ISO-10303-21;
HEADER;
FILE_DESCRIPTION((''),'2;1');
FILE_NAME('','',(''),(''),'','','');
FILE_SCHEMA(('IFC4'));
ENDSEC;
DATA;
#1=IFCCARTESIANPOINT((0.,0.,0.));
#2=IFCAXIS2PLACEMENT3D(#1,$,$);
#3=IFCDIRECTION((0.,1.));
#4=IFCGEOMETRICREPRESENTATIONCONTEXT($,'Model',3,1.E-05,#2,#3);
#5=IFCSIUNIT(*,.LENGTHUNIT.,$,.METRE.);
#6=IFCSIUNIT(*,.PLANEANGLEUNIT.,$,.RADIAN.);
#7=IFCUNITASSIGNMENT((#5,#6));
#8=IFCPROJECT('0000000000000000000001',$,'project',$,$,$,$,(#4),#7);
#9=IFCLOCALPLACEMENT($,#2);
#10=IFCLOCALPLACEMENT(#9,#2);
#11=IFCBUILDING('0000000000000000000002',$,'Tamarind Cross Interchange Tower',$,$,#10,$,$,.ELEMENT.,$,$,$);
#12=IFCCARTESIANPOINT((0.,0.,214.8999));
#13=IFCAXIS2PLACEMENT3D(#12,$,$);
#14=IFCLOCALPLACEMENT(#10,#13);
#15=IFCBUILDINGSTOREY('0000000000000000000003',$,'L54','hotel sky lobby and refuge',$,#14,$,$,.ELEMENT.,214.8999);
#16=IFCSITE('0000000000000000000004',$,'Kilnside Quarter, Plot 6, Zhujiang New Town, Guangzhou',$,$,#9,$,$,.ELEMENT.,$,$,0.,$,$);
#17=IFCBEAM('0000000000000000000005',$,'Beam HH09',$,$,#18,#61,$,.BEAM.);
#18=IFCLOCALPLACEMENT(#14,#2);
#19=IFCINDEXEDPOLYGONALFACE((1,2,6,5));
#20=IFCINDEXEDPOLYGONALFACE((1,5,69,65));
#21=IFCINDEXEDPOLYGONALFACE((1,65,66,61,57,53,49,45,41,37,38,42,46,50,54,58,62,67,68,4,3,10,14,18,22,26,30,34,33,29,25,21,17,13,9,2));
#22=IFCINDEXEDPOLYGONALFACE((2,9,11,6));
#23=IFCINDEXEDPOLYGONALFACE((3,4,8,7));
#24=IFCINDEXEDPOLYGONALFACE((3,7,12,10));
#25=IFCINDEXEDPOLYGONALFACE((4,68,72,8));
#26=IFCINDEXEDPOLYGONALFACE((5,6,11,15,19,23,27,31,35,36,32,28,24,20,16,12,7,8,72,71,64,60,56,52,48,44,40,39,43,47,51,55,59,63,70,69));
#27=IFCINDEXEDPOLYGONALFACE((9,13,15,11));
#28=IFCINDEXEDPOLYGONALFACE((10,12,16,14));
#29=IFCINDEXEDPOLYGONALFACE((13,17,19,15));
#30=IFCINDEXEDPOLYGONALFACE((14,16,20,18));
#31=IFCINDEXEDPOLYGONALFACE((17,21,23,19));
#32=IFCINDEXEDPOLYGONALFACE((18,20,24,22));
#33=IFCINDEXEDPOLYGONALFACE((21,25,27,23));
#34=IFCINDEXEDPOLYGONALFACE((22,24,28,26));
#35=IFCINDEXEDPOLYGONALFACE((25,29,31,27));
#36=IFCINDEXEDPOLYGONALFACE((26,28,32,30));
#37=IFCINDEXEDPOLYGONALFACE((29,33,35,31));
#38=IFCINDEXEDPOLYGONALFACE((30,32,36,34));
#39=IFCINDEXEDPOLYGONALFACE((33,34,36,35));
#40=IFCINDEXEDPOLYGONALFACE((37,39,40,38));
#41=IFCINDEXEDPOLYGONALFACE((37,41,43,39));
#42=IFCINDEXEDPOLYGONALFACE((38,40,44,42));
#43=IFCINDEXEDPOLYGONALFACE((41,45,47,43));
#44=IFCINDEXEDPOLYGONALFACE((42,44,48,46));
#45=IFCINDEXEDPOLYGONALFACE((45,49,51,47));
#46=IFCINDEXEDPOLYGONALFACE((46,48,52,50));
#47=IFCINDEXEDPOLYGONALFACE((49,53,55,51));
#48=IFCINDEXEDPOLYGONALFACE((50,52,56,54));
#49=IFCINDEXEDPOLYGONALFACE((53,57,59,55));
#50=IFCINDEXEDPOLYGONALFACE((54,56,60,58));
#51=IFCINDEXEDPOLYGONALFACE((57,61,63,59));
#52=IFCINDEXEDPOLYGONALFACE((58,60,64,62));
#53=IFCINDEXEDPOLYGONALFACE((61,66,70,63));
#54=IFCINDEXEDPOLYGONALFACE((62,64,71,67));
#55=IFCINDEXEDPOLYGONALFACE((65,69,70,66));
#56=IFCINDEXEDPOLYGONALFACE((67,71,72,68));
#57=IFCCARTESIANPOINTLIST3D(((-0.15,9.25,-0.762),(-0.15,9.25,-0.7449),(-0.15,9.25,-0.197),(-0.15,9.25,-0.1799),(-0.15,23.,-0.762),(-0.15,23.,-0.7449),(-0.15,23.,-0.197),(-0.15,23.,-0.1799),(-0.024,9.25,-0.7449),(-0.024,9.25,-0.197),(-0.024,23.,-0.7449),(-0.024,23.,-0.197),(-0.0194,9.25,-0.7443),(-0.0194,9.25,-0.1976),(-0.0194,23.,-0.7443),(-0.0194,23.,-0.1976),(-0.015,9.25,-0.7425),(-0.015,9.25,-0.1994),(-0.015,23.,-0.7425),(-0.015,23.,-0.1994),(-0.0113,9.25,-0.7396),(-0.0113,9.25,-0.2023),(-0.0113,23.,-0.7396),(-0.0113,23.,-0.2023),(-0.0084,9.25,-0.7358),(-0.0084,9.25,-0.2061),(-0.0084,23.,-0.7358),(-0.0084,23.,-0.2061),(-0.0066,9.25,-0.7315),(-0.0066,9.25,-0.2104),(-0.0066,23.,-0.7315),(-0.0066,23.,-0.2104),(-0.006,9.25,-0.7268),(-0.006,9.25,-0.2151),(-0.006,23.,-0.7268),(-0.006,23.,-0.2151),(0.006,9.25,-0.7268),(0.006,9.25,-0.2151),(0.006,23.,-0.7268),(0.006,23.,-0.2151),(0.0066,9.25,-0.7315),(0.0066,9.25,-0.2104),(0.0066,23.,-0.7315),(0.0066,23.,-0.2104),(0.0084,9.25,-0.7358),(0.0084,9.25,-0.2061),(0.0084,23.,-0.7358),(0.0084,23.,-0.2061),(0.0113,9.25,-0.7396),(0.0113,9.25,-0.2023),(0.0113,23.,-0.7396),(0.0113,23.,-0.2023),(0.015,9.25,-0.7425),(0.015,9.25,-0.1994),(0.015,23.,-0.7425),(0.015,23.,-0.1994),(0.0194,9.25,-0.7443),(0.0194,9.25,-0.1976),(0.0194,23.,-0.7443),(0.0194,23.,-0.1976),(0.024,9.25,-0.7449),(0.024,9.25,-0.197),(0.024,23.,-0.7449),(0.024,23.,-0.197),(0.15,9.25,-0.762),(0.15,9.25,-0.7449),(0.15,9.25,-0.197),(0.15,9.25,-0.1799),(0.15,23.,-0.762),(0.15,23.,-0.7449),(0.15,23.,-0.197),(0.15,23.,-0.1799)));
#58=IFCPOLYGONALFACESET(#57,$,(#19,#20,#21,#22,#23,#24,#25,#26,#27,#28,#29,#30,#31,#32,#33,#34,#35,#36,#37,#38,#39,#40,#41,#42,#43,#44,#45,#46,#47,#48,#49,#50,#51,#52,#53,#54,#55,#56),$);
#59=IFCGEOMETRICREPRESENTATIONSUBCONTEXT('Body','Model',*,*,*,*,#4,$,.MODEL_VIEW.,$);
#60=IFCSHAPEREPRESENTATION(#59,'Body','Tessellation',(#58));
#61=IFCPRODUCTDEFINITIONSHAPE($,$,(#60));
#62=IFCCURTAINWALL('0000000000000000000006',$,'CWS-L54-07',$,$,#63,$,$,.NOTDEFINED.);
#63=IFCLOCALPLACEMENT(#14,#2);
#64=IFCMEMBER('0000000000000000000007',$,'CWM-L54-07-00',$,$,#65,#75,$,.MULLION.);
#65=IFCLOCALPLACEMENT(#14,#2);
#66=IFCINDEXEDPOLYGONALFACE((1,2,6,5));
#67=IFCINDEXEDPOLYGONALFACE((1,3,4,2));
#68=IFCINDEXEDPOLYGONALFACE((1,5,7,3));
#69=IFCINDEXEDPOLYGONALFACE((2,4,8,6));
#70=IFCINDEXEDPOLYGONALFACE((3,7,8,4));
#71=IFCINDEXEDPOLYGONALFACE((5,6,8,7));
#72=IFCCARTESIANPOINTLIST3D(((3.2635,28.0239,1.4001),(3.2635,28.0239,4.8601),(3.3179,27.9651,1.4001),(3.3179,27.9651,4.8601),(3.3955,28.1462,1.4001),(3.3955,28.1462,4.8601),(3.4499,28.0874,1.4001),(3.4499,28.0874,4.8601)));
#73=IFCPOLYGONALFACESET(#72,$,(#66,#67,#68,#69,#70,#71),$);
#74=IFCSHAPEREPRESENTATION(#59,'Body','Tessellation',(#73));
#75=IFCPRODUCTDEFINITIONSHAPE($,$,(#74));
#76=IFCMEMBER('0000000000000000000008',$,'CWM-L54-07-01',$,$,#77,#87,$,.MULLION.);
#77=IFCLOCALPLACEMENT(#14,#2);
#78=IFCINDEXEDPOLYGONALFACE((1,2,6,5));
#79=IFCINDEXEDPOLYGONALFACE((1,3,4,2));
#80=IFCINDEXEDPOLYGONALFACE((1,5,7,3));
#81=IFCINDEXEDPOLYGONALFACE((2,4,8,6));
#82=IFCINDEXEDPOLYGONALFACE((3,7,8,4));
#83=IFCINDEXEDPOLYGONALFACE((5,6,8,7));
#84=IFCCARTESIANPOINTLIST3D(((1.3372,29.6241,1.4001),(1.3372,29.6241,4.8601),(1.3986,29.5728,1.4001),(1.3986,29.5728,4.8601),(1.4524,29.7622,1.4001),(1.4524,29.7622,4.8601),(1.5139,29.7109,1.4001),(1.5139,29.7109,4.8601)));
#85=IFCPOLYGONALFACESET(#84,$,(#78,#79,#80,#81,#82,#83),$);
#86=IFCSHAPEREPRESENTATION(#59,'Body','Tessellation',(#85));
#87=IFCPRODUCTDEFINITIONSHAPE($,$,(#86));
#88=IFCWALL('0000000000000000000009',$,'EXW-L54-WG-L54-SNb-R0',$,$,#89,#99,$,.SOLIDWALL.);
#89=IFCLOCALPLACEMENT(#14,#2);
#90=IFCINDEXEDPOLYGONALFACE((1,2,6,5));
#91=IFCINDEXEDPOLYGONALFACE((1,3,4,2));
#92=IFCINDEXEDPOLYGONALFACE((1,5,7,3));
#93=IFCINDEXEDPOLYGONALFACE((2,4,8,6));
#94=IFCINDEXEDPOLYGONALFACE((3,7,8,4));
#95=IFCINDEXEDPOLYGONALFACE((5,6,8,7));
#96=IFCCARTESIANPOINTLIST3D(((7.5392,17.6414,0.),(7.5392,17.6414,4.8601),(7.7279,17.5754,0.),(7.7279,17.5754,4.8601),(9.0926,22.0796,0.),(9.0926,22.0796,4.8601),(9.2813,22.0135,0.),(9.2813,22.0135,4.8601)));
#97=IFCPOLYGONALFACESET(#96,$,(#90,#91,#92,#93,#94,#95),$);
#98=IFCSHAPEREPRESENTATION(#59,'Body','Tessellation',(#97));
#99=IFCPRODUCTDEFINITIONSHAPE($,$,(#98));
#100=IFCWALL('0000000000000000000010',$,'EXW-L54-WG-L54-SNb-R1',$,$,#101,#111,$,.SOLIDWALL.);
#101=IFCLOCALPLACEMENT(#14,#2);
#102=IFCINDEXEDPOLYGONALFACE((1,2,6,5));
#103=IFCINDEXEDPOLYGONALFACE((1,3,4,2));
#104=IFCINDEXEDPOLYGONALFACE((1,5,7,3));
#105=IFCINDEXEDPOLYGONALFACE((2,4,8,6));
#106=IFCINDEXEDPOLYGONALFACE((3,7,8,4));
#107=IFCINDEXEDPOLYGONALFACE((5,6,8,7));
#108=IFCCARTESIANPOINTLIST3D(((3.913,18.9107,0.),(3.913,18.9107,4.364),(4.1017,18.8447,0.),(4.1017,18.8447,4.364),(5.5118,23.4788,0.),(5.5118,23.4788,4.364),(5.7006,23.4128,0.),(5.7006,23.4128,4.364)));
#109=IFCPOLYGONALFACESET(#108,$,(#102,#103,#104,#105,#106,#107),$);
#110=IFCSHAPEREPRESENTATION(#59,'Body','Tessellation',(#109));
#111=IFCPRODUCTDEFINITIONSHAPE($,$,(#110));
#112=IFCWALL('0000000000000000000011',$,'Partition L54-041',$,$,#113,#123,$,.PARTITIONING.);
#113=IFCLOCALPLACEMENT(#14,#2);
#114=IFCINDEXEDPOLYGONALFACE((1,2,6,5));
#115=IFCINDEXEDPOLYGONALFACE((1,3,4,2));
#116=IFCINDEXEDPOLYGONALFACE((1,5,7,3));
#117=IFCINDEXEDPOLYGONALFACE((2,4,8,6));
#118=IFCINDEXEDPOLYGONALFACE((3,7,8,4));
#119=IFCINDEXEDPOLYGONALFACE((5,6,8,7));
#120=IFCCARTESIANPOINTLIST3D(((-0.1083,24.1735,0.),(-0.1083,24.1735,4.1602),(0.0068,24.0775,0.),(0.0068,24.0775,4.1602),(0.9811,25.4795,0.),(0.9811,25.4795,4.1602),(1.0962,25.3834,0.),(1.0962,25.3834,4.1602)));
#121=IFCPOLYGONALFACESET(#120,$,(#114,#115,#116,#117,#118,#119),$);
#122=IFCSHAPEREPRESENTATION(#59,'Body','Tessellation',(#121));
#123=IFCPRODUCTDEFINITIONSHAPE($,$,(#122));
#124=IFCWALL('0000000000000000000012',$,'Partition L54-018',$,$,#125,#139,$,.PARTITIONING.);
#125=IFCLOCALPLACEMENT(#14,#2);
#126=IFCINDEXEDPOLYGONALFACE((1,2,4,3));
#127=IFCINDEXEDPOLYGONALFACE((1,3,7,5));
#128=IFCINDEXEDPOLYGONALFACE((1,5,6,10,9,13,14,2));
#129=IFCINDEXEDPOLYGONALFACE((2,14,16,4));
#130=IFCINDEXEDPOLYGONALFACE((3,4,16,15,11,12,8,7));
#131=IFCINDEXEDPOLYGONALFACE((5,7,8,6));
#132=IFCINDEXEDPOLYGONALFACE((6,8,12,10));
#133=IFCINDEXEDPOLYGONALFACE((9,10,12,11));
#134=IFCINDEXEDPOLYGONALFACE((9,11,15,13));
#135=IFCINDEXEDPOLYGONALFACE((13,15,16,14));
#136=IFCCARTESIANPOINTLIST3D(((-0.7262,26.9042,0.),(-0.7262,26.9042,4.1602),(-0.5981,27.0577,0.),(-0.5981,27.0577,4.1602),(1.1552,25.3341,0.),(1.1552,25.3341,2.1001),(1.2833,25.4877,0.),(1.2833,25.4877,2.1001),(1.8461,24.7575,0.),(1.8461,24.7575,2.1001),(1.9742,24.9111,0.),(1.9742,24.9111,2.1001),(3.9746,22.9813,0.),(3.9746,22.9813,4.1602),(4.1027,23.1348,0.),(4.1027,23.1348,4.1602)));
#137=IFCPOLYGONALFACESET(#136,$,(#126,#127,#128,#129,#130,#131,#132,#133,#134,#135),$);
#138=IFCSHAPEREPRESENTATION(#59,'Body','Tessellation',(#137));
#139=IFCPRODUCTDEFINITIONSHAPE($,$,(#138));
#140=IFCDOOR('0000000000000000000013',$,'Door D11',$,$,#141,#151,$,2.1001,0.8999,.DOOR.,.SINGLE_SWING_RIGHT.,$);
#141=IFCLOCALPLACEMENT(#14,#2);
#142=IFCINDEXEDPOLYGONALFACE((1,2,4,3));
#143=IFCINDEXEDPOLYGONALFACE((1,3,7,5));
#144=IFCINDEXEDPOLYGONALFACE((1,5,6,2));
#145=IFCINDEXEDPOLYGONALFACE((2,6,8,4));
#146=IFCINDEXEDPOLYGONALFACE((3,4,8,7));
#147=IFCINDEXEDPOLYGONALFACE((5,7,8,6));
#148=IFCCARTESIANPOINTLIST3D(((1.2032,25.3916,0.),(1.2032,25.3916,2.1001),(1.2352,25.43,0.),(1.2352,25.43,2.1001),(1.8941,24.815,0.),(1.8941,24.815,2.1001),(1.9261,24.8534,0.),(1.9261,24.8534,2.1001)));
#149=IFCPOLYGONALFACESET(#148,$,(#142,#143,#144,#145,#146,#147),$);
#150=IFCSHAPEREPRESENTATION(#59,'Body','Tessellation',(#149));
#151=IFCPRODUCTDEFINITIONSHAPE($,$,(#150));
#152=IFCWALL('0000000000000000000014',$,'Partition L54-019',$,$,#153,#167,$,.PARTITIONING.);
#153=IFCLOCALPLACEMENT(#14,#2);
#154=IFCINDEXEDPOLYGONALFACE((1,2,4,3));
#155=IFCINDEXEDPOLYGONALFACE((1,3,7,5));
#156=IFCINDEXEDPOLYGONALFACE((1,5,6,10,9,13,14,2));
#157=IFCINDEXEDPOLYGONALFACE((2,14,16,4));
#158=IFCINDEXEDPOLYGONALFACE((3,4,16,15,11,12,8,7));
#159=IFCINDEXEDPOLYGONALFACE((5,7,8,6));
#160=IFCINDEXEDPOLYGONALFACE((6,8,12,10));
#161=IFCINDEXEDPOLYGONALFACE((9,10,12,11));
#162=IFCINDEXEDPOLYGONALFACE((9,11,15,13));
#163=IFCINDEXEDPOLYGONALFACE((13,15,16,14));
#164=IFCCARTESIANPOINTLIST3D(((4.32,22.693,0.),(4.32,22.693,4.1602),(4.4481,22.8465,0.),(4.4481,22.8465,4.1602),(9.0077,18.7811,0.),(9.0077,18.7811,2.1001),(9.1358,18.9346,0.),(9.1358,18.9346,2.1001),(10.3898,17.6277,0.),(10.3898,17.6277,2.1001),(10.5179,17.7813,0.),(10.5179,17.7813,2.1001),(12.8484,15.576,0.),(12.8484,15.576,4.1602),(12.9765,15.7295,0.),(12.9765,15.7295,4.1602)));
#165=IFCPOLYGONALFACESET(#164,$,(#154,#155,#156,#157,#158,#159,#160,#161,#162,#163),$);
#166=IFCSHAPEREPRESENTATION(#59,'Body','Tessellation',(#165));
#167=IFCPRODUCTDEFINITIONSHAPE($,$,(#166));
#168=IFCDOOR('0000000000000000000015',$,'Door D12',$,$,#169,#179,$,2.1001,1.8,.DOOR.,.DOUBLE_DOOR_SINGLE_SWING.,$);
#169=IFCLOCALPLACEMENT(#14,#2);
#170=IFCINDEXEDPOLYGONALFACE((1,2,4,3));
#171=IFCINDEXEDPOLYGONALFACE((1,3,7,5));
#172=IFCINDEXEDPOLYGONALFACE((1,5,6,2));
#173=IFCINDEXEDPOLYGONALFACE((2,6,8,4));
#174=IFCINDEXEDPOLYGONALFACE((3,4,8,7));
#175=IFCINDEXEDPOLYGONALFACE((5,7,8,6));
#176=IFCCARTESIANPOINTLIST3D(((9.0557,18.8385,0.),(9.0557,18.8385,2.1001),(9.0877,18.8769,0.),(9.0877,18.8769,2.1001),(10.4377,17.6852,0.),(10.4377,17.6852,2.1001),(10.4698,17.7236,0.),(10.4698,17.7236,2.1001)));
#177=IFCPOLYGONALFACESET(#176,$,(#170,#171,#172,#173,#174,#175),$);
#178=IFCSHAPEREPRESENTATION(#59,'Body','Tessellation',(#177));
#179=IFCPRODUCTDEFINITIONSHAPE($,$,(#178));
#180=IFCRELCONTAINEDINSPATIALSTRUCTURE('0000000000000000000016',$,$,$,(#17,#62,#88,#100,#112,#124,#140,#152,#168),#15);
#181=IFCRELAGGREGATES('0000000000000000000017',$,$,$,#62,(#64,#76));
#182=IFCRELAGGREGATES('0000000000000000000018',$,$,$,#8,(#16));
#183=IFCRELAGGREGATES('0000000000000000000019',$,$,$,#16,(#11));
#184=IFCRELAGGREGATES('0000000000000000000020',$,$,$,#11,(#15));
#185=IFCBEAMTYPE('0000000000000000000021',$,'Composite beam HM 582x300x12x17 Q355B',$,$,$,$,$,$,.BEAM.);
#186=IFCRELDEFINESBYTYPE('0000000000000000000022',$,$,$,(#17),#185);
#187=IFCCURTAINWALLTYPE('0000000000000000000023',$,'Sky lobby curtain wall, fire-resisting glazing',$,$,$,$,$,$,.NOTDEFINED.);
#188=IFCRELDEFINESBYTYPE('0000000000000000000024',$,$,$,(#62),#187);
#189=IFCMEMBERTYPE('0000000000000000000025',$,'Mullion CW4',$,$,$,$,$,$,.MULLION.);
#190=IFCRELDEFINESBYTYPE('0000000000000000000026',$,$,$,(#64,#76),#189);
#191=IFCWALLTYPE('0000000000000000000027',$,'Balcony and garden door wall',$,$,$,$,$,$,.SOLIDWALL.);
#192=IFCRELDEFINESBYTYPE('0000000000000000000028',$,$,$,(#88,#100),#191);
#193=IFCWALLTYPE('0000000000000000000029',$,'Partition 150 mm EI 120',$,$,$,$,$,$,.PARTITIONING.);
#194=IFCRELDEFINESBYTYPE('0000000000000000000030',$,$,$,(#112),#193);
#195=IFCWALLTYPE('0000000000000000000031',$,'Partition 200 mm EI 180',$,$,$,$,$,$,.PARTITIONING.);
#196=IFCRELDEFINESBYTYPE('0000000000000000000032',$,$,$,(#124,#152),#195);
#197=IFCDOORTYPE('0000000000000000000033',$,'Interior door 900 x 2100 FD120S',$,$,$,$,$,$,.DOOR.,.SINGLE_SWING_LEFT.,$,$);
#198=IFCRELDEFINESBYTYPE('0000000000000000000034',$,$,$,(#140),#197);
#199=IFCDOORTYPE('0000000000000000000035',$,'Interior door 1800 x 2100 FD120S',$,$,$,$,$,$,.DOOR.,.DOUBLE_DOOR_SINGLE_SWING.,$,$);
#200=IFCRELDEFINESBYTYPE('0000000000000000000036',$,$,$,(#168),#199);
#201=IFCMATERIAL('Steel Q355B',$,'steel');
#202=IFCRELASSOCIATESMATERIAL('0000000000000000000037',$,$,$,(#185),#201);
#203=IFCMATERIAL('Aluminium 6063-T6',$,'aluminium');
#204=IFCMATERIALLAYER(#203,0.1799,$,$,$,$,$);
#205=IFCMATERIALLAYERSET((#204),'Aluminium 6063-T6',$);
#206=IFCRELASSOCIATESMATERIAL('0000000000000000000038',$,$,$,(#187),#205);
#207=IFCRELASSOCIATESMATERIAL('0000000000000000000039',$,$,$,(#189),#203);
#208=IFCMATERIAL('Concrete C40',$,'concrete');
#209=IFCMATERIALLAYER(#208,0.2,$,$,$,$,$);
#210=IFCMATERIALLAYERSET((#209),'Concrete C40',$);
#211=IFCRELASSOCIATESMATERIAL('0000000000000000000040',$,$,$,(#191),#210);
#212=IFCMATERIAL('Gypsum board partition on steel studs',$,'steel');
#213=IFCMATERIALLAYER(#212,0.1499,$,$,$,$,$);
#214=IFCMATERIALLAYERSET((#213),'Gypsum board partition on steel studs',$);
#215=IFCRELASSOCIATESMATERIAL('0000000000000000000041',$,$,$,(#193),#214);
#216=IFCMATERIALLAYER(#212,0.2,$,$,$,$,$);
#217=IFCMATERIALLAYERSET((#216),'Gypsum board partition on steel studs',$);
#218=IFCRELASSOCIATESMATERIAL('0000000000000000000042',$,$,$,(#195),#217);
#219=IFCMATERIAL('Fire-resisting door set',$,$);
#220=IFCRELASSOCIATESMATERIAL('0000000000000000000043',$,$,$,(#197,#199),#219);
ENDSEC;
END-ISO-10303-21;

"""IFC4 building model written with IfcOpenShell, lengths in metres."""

from ifc_helpers import new_model, si_unit, direction, frame, frame_2d, origin, origin_2d, place, context, subcontext, project, spatial, rectangle, i_section, extrude, material, layer, layer_set, material_profile, profile_set, type_object, element, fill, aggregate, save


model = new_model("IFC4")

# Units and contexts
model_context = context("Model", 3, precision=1e-05, world=origin(), true_north=direction((0.0, 1.0)))
body_context = subcontext(model_context, "Body", "Model", "MODEL_VIEW")
ifc_project = project(units=[si_unit("LENGTHUNIT", "METRE"), si_unit("PLANEANGLEUNIT", "RADIAN")], contexts=[model_context])

# Site, building, storey
site_placement = place(None, origin())
site = spatial("IfcSite", under=ifc_project, at=site_placement, Name="Kilnside Quarter, Plot 6, Zhujiang New Town, Guangzhou", CompositionType="ELEMENT", RefElevation=0.0)
building_placement = place(site_placement, origin())
building = spatial("IfcBuilding", under=site, at=building_placement, Name="Tamarind Cross Interchange Tower", CompositionType="ELEMENT")
storey_placement = place(building_placement, frame((0.0, 0.0, 214.8999)))
storey = spatial("IfcBuildingStorey", under=building, at=storey_placement, Name="L54", Description="hotel sky lobby and refuge", CompositionType="ELEMENT", Elevation=214.8999)

# Beam
ifc_material_1 = material(Name="Steel Q355B", Category="steel")
ifc_material_profile_1 = material_profile(ifc_material_1, i_section(OverallWidth=0.3, OverallDepth=0.582, WebThickness=0.012, FlangeThickness=0.0171, FilletRadius=0.0181, at=origin_2d()), Name="HM 582x300x12x17")
ifc_profile_set_1 = profile_set([ifc_material_profile_1], Name="Steel Q355B")
beam_type = type_object("IfcBeamType", Name="Composite beam HM 582x300x12x17 Q355B", PredefinedType="BEAM", material=ifc_profile_set_1)
beam_1_placement = place(storey_placement, frame((0.0, 23.0, -0.4709), z_axis=(0.0, -1.0, 0.0), x_axis=(1.0, 0.0, 0.0)))
element("IfcBeam", 1, at=beam_1_placement, inside=storey, type_object=beam_type, Name="Beam HH09", PredefinedType="BEAM", context=body_context, shape_type="SweptSolid", body=[
    extrude(i_section(OverallWidth=0.3, OverallDepth=0.582, WebThickness=0.012, FlangeThickness=0.0171, FilletRadius=0.0181, at=origin_2d()), origin(), (0.0, 0.0, 1.0), 13.75),
])

# Curtain wall, members
ifc_material_2 = material(Name="Aluminium 6063-T6", Category="aluminium")
ifc_layer_1 = layer(ifc_material_2, 0.1799)
ifc_layer_set_1 = layer_set([ifc_layer_1], Name="Aluminium 6063-T6")
curtain_wall_type = type_object("IfcCurtainWallType", Name="Sky lobby curtain wall, fire-resisting glazing", PredefinedType="NOTDEFINED", material=ifc_layer_set_1)
curtain_wall_placement = place(storey_placement, origin())
curtain_wall = element("IfcCurtainWall", 2, at=curtain_wall_placement, inside=storey, type_object=curtain_wall_type, Name="CWS-L54-07", PredefinedType="NOTDEFINED")
ifc_material_profile_2 = material_profile(ifc_material_2, rectangle(XDim=0.0801, YDim=0.1799, at=origin_2d()), Name="Mullion CW4")
ifc_profile_set_2 = profile_set([ifc_material_profile_2], Name="Aluminium 6063-T6")
member_type = type_object("IfcMemberType", Name="Mullion CW4", PredefinedType="MULLION", material=ifc_profile_set_2)
member_1_placement = place(storey_placement, frame((3.3567, 28.0557, 1.4001), z_axis=(0.0, 0.0, 1.0), x_axis=(-0.679732, 0.733461, 0.0)))
member_1 = element("IfcMember", 3, at=member_1_placement, type_object=member_type, Name="CWM-L54-07-00", PredefinedType="MULLION", context=body_context, shape_type="SweptSolid", body=[
    extrude(rectangle(XDim=0.0801, YDim=0.1799, at=origin_2d()), origin(), (0.0, 0.0, 1.0), 3.46),
])
member_2_placement = place(storey_placement, frame((1.4255, 29.6675, 1.4001), z_axis=(0.0, 0.0, 1.0), x_axis=(-0.767729, 0.640775, 0.0)))
member_2 = element("IfcMember", 4, at=member_2_placement, type_object=member_type, Name="CWM-L54-07-01", PredefinedType="MULLION", context=body_context, shape_type="SweptSolid", body=[
    extrude(rectangle(XDim=0.0801, YDim=0.1799, at=origin_2d()), origin(), (0.0, 0.0, 1.0), 3.46),
])
aggregate(curtain_wall, [member_1, member_2])

# Shared definitions
ifc_material_3 = material(Name="Concrete C40", Category="concrete")
ifc_layer_2 = layer(ifc_material_3, 0.2)
ifc_layer_set_2 = layer_set([ifc_layer_2], Name="Concrete C40")
wall_type_1 = type_object("IfcWallType", Name="Balcony and garden door wall", PredefinedType="SOLIDWALL", material=ifc_layer_set_2)

# Walls
wall_1_placement = place(storey_placement, frame((7.6335, 17.6084, 0.0), z_axis=(0.0, 0.0, 1.0), x_axis=(0.330367, 0.943853, 0.0)))
element("IfcWall", 5, at=wall_1_placement, inside=storey, type_object=wall_type_1, Name="EXW-L54-WG-L54-SNb-R0", PredefinedType="SOLIDWALL", context=body_context, shape_type="SweptSolid", body=[
    extrude(rectangle(XDim=4.7021, YDim=0.2, at=frame_2d((2.3511, 0.0))), origin(), (0.0, 0.0, 1.0), 4.8601),
])
wall_2_placement = place(storey_placement, frame((4.0073, 18.8777, 0.0), z_axis=(0.0, 0.0, 1.0), x_axis=(0.330357, 0.943856, 0.0)))
element("IfcWall", 6, at=wall_2_placement, inside=storey, type_object=wall_type_1, Name="EXW-L54-WG-L54-SNb-R1", PredefinedType="SOLIDWALL", context=body_context, shape_type="SweptSolid", body=[
    extrude(rectangle(XDim=4.8398, YDim=0.2, at=frame_2d((2.4199, 0.0))), origin(), (0.0, 0.0, 1.0), 4.364),
])
ifc_material_4 = material(Name="Gypsum board partition on steel studs", Category="steel")
ifc_layer_3 = layer(ifc_material_4, 0.1499)
ifc_layer_set_3 = layer_set([ifc_layer_3], Name="Gypsum board partition on steel studs")
wall_type_2 = type_object("IfcWallType", Name="Partition 150 mm EI 120", PredefinedType="PARTITIONING", material=ifc_layer_set_3)
wall_3_placement = place(storey_placement, frame((-0.0508, 24.1255, 0.0), z_axis=(0.0, 0.0, 1.0), x_axis=(0.640566, 0.767903, 0.0)))
element("IfcWall", 7, at=wall_3_placement, inside=storey, type_object=wall_type_2, Name="Partition L54-041", PredefinedType="PARTITIONING", context=body_context, shape_type="SweptSolid", body=[
    extrude(rectangle(XDim=1.7007, YDim=0.1499, at=frame_2d((0.8503, 0.0))), origin(), (0.0, 0.0, 1.0), 4.1602),
])

# Walls, openings, doors
ifc_layer_4 = layer(ifc_material_4, 0.2)
ifc_layer_set_4 = layer_set([ifc_layer_4], Name="Gypsum board partition on steel studs")
wall_type_3 = type_object("IfcWallType", Name="Partition 200 mm EI 180", PredefinedType="PARTITIONING", material=ifc_layer_set_4)
wall_4_placement = place(storey_placement, frame((-0.6621, 26.981, 0.0), z_axis=(0.0, 0.0, 1.0), x_axis=(0.76777, -0.640726, 0.0)))
wall_4 = element("IfcWall", 8, at=wall_4_placement, inside=storey, type_object=wall_type_3, Name="Partition L54-018", PredefinedType="PARTITIONING", context=body_context, shape_type="SweptSolid", body=[
    extrude(rectangle(XDim=6.1226, YDim=0.2, at=frame_2d((3.0613, 0.0))), origin(), (0.0, 0.0, 1.0), 4.1602),
])
opening_1_placement = place(wall_4_placement, frame((2.4504, 0.0, 0.0)))
opening_1 = element("IfcOpeningElement", 9, at=opening_1_placement, cuts=wall_4, PredefinedType="OPENING", context=body_context, shape_type="SweptSolid", body=[
    extrude(rectangle(XDim=0.8999, YDim=2.1001, at=frame_2d((0.45, 1.05))), frame((0.0, 0.1099, 0.0), z_axis=(0.0, -1.0, 0.0), x_axis=(1.0, 0.0, 0.0)), (0.0, 0.0, 1.0), 0.22),
])
ifc_material_5 = material(Name="Fire-resisting door set")
door_type_1 = type_object("IfcDoorType", Name="Interior door 900 x 2100 FD120S", OperationType="SINGLE_SWING_LEFT", PredefinedType="DOOR", material=ifc_material_5)
door_1_placement = place(opening_1_placement, origin())
door_1 = element("IfcDoor", 10, at=door_1_placement, inside=storey, type_object=door_type_1, Name="Door D11", OperationType="SINGLE_SWING_RIGHT", OverallHeight=2.1001, OverallWidth=0.8999, PredefinedType="DOOR", context=body_context, shape_type="SweptSolid", body=[
    extrude(rectangle(XDim=0.8999, YDim=2.1001, at=frame_2d((0.45, 1.05))), frame((0.0, 0.0249, 0.0), z_axis=(0.0, -1.0, 0.0), x_axis=(1.0, 0.0, 0.0)), (0.0, 0.0, 1.0), 0.05),
])
fill(opening_1, door_1)
wall_5_placement = place(storey_placement, frame((4.384, 22.7698, 0.0), z_axis=(0.0, 0.0, 1.0), x_axis=(0.767778, -0.640716, 0.0)))
wall_5 = element("IfcWall", 11, at=wall_5_placement, inside=storey, type_object=wall_type_3, Name="Partition L54-019", PredefinedType="PARTITIONING", context=body_context, shape_type="SweptSolid", body=[
    extrude(rectangle(XDim=11.1079, YDim=0.2, at=frame_2d((5.554, 0.0))), origin(), (0.0, 0.0, 1.0), 4.1602),
])
opening_2_placement = place(wall_5_placement, frame((6.1057, 0.0, 0.0)))
opening_2 = element("IfcOpeningElement", 12, at=opening_2_placement, cuts=wall_5, PredefinedType="OPENING", context=body_context, shape_type="SweptSolid", body=[
    extrude(rectangle(XDim=1.8, YDim=2.1001, at=frame_2d((0.8999, 1.05))), frame((0.0, 0.1099, 0.0), z_axis=(0.0, -1.0, 0.0), x_axis=(1.0, 0.0, 0.0)), (0.0, 0.0, 1.0), 0.22),
])
door_type_2 = type_object("IfcDoorType", Name="Interior door 1800 x 2100 FD120S", OperationType="DOUBLE_DOOR_SINGLE_SWING", PredefinedType="DOOR", material=ifc_material_5)
door_2_placement = place(opening_2_placement, origin())
door_2 = element("IfcDoor", 13, at=door_2_placement, inside=storey, type_object=door_type_2, Name="Door D12", OperationType="DOUBLE_DOOR_SINGLE_SWING", OverallHeight=2.1001, OverallWidth=1.8, PredefinedType="DOOR", context=body_context, shape_type="SweptSolid", body=[
    extrude(rectangle(XDim=1.8, YDim=2.1001, at=frame_2d((0.8999, 1.05))), frame((0.0, 0.0249, 0.0), z_axis=(0.0, -1.0, 0.0), x_axis=(1.0, 0.0, 0.0)), (0.0, 0.0, 1.0), 0.05),
])
fill(opening_2, door_2)

save(model, "model.ifc")
